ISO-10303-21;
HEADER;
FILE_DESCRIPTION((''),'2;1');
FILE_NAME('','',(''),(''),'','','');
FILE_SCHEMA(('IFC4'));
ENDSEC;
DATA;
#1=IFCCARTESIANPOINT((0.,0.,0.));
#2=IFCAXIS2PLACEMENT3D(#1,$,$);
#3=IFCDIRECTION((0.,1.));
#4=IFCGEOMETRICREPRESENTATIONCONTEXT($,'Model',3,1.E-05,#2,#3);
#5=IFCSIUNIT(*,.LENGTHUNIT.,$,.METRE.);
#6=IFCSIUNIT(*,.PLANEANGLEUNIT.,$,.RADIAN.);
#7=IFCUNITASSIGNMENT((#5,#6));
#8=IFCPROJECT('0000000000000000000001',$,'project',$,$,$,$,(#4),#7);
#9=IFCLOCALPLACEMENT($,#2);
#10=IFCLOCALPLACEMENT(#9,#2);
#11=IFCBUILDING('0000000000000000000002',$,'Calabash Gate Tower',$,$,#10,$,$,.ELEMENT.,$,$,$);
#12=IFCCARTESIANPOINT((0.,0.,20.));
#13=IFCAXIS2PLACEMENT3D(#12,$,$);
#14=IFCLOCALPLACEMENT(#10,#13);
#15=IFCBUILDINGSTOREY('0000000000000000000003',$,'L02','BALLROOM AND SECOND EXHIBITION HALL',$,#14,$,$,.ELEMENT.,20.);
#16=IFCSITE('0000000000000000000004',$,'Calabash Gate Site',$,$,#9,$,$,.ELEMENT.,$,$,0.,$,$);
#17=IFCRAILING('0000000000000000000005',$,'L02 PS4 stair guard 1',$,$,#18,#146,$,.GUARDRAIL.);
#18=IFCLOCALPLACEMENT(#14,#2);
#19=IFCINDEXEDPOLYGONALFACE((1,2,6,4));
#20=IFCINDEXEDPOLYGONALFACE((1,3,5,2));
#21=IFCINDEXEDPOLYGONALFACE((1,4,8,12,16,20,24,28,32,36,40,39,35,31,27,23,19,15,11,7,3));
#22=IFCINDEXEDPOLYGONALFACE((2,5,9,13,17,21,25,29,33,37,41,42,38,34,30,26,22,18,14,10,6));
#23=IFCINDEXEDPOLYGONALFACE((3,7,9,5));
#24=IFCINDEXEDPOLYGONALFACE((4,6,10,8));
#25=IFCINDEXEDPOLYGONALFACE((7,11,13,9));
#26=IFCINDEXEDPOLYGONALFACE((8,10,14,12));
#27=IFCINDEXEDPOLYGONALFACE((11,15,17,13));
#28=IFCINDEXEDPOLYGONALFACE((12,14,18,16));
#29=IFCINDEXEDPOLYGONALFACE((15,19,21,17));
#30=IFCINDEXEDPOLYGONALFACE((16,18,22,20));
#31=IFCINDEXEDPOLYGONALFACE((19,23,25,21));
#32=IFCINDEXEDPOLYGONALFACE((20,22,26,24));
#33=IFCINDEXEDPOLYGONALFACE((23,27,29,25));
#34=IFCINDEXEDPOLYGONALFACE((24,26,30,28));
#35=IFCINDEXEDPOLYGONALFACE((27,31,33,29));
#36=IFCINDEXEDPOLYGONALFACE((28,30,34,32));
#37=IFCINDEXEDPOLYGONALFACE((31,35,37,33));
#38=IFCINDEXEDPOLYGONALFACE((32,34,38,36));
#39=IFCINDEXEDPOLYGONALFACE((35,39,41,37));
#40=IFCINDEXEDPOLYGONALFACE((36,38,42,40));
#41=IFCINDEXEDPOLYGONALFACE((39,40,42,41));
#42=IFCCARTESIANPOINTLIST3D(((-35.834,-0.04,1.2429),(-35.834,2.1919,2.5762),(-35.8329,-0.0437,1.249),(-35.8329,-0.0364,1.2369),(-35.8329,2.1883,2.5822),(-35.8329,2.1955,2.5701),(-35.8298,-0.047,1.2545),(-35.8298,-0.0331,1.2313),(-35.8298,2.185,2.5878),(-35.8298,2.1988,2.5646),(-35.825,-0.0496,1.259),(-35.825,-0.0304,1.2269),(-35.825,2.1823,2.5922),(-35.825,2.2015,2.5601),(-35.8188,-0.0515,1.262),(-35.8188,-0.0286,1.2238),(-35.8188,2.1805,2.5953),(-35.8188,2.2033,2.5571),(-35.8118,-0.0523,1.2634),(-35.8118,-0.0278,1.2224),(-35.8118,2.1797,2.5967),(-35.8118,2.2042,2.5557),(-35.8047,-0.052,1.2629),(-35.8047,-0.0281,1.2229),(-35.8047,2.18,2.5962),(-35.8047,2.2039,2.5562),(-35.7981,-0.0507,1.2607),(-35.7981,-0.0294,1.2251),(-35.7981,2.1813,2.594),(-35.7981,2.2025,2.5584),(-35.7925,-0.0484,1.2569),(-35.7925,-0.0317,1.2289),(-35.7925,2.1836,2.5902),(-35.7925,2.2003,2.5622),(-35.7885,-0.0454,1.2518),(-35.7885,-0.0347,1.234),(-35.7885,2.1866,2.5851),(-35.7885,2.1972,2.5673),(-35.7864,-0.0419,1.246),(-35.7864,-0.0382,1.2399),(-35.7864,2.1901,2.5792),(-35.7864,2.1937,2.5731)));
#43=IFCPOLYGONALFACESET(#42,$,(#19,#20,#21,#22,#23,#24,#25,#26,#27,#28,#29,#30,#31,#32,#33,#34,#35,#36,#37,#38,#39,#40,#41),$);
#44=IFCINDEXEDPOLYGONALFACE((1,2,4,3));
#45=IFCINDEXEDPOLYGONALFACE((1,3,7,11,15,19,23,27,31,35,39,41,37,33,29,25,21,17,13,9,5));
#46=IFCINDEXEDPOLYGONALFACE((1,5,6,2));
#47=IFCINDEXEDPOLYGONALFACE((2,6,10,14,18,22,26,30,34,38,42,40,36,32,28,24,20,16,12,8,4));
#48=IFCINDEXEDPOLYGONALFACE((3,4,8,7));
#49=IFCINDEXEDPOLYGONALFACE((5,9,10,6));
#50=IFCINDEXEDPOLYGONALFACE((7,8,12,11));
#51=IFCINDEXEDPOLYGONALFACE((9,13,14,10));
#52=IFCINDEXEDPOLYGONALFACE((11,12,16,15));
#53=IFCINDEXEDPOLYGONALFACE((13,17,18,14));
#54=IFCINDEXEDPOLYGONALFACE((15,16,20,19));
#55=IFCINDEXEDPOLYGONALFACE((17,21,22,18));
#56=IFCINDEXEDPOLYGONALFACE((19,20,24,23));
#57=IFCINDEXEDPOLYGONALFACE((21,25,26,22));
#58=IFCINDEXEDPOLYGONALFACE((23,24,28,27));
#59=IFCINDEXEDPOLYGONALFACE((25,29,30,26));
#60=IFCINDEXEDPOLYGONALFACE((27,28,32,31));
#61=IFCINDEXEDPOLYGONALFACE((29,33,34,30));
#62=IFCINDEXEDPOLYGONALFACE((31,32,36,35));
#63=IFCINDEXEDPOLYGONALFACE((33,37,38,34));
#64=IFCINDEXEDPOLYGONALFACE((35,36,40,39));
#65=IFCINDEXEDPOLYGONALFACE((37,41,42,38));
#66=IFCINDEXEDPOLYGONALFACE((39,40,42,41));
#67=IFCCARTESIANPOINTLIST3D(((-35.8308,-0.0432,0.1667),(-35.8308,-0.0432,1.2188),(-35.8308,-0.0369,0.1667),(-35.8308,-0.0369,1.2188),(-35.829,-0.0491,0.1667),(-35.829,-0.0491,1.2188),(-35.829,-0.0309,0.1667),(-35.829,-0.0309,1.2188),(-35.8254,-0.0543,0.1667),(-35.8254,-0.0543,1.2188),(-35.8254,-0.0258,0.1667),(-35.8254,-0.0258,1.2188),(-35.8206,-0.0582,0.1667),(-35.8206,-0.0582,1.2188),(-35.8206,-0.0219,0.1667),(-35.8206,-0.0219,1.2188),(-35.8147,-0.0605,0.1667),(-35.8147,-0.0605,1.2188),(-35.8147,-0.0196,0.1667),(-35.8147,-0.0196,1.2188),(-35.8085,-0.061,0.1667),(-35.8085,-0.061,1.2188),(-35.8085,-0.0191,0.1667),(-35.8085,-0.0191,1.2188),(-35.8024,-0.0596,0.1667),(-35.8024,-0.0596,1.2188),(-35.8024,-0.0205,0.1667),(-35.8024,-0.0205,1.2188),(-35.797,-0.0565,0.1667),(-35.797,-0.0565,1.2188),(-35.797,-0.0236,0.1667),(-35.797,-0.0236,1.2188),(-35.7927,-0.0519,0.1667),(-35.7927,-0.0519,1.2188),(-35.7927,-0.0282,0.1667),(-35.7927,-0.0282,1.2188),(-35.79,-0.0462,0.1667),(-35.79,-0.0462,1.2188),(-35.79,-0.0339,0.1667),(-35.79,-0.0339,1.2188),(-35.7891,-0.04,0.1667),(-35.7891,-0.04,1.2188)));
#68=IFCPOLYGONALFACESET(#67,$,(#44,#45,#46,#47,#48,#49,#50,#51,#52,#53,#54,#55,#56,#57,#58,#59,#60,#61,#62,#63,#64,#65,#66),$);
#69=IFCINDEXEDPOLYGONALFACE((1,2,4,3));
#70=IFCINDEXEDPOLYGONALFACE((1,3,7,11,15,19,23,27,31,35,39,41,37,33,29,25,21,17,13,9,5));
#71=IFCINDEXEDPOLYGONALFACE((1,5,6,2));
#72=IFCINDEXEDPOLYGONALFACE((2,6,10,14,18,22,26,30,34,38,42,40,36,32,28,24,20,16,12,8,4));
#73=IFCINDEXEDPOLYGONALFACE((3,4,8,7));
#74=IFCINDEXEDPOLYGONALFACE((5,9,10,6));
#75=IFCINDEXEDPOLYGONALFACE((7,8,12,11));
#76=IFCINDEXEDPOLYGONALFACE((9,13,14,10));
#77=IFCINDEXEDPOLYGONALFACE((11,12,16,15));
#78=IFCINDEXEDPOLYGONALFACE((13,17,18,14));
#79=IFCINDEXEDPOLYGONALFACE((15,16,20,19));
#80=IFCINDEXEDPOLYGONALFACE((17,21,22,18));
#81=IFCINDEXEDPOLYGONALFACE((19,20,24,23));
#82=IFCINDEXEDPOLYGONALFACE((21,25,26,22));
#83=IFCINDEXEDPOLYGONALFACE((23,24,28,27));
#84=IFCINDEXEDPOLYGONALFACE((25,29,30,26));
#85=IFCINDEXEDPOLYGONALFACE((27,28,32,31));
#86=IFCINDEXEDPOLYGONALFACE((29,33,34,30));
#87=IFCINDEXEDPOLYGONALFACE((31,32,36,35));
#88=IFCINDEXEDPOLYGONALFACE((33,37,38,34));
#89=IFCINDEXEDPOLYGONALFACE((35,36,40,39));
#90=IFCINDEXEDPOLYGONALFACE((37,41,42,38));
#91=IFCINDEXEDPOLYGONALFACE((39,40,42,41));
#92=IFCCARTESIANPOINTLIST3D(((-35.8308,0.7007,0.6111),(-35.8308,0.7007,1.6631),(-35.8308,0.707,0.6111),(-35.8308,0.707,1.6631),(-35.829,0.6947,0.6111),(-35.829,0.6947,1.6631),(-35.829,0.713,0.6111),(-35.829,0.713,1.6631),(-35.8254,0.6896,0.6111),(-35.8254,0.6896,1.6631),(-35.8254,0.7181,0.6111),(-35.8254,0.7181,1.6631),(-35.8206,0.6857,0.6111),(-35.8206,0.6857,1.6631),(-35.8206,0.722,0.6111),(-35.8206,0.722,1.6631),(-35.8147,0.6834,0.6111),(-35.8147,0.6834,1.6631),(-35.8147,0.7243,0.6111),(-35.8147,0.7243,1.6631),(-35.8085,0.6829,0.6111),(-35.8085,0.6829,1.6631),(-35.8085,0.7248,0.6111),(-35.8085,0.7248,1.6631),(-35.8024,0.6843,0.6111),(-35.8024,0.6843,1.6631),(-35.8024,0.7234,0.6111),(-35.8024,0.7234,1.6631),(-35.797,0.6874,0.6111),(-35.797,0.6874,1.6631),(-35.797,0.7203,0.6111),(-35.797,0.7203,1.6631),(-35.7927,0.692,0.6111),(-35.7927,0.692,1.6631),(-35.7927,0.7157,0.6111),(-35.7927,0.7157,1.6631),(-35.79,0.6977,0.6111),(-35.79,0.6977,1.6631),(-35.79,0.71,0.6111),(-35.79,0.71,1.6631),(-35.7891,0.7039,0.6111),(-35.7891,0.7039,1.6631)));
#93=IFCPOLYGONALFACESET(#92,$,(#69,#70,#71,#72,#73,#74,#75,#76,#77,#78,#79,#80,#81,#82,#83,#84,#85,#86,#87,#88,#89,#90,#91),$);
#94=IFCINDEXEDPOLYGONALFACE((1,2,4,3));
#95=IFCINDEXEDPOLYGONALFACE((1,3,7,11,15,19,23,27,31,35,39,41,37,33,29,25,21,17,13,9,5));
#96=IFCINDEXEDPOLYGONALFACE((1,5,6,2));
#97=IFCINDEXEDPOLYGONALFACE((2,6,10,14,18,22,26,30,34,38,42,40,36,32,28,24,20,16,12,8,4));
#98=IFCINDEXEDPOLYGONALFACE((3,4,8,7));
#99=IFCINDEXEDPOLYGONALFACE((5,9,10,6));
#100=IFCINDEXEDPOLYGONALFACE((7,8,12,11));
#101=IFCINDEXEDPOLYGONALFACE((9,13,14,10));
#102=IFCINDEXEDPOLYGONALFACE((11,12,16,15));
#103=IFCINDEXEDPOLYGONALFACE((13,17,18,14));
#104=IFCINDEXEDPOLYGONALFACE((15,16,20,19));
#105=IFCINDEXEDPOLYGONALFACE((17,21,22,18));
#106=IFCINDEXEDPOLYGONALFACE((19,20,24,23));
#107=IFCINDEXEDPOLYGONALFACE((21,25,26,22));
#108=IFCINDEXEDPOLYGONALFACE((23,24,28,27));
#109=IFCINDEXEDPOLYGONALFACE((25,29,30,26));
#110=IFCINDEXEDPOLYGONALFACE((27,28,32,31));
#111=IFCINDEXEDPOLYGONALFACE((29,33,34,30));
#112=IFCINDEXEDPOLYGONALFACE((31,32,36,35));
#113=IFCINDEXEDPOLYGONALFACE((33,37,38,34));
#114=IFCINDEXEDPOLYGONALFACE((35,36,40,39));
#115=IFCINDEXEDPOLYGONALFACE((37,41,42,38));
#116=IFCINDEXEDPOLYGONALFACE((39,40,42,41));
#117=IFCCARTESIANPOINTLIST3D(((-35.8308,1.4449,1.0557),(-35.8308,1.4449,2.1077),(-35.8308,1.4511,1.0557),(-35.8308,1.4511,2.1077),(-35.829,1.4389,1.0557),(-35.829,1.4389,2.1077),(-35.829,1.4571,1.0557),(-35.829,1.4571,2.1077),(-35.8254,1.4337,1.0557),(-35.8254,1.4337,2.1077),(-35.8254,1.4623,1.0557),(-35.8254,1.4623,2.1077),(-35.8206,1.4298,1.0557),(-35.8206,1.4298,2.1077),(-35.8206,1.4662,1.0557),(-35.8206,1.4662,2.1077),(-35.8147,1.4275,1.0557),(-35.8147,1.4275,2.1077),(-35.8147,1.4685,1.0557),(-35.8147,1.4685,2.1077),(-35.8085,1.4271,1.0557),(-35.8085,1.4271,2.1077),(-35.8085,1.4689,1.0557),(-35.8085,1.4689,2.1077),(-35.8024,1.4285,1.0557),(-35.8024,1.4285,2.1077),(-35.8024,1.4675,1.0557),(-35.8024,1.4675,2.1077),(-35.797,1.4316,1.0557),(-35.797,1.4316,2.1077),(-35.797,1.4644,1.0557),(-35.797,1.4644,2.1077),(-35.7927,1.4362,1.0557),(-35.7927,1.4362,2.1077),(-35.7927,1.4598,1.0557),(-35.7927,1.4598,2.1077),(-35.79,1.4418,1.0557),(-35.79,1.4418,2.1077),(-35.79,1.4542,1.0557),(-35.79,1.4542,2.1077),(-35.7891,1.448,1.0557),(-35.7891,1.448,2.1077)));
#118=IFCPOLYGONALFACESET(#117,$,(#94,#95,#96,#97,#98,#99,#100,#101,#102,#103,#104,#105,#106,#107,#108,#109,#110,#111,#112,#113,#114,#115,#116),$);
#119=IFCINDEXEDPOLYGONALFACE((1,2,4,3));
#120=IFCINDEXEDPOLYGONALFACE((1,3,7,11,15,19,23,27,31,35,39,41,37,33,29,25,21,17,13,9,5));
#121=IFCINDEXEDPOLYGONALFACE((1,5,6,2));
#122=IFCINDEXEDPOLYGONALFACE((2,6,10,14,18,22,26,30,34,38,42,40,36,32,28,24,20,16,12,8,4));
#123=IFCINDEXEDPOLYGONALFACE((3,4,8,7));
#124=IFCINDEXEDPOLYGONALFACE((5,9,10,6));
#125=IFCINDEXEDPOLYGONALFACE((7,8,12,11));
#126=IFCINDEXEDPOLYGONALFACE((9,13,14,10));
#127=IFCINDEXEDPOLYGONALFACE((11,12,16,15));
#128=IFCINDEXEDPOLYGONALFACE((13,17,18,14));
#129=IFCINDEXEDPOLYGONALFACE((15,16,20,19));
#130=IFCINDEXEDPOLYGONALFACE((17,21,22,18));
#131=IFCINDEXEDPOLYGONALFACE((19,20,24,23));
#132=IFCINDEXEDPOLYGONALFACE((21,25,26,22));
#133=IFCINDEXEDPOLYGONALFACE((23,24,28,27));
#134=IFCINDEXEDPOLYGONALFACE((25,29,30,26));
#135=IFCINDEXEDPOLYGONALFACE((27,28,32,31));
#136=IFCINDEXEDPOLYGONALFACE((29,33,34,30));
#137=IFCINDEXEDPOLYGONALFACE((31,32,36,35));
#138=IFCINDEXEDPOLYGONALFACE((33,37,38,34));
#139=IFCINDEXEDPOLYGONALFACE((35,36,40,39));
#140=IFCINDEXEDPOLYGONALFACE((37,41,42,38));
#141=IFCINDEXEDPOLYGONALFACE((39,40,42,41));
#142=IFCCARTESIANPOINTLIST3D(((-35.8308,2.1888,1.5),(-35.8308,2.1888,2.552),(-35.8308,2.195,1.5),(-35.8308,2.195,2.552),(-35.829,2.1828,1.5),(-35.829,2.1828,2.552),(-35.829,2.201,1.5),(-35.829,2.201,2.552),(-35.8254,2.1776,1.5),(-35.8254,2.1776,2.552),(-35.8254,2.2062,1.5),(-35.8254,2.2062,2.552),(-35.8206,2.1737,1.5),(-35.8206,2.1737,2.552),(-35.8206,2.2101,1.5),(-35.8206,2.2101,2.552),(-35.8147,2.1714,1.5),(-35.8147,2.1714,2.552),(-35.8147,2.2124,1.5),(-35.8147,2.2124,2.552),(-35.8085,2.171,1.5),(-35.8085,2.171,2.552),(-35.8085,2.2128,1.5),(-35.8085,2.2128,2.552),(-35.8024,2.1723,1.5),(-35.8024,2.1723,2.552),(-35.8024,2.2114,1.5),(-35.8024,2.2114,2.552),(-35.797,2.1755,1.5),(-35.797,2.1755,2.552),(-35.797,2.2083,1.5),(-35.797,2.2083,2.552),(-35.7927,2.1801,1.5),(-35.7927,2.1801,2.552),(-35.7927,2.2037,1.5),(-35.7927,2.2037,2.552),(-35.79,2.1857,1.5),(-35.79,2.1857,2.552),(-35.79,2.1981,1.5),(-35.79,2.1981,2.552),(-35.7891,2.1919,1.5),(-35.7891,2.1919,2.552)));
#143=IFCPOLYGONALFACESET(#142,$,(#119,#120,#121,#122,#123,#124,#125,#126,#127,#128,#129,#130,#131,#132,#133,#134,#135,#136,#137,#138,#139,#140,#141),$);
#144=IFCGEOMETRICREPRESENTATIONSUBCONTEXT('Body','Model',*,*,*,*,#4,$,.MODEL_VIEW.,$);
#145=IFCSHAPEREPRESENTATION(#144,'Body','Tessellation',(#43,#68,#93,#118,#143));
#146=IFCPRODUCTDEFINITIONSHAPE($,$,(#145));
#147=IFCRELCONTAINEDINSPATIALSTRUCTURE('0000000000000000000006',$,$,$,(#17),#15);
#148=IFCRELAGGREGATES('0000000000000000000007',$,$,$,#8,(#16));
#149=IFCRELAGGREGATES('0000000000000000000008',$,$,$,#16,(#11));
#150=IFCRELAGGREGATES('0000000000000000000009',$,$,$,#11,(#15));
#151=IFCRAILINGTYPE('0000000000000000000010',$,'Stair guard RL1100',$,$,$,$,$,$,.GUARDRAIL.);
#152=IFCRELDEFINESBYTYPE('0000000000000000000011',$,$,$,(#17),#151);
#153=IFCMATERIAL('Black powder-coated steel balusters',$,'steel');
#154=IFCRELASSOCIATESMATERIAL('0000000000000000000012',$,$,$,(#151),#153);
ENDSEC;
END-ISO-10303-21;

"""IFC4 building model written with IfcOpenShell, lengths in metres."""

from ifc_helpers import new_model, si_unit, direction, frame, origin, origin_2d, place, context, subcontext, project, spatial, circle, extrude, material, type_object, element, save


model = new_model("IFC4")

# Units and contexts
model_context = context("Model", 3, precision=1e-05, world=origin(), true_north=direction((0.0, 1.0)))
body_context = subcontext(model_context, "Body", "Model", "MODEL_VIEW")
ifc_project = project(units=[si_unit("LENGTHUNIT", "METRE"), si_unit("PLANEANGLEUNIT", "RADIAN")], contexts=[model_context])

# Site, building, storey
site_placement = place(None, origin())
site = spatial("IfcSite", under=ifc_project, at=site_placement, Name="Calabash Gate Site", CompositionType="ELEMENT", RefElevation=0.0)
building_placement = place(site_placement, origin())
building = spatial("IfcBuilding", under=site, at=building_placement, Name="Calabash Gate Tower", CompositionType="ELEMENT")
storey_placement = place(building_placement, frame((0.0, 0.0, 20.0)))
storey = spatial("IfcBuildingStorey", under=building, at=storey_placement, Name="L02", Description="BALLROOM AND SECOND EXHIBITION HALL", CompositionType="ELEMENT", Elevation=20.0)

# Railing
ifc_material_1 = material(Name="Black powder-coated steel balusters", Category="steel")
railing_type_1 = type_object("IfcRailingType", Name="Stair guard RL1100", PredefinedType="GUARDRAIL", material=ifc_material_1)
for number, where, name in (
    (1, (-35.8101, -0.04, 0.1667), "L02 PS4 stair guard 1"),
):
    element("IfcRailing", number, at=place(storey_placement, frame(where)), inside=storey, type_object=railing_type_1, Name=name, PredefinedType="GUARDRAIL", context=body_context, shape_type="SweptSolid", body=[
        extrude(circle(Radius=0.0239, at=origin_2d()), frame((0.0, 0.0, 1.0762), z_axis=(0.0, 0.858494, 0.512824), x_axis=(-1.0, 0.0, 0.0)), (0.0, 0.0, 1.0), 2.5999),
        extrude(circle(Radius=0.021, at=origin_2d()), origin(), (0.0, 0.0, 1.0), 1.052),
        extrude(circle(Radius=0.021, at=origin_2d()), frame((0.0, 0.7439, 0.4443)), (0.0, 0.0, 1.0), 1.052),
        extrude(circle(Radius=0.021, at=origin_2d()), frame((0.0, 1.488, 0.8889)), (0.0, 0.0, 1.0), 1.052),
        extrude(circle(Radius=0.021, at=origin_2d()), frame((0.0, 2.2319, 1.3333)), (0.0, 0.0, 1.0), 1.052),
    ])

save(model, "model.ifc")
